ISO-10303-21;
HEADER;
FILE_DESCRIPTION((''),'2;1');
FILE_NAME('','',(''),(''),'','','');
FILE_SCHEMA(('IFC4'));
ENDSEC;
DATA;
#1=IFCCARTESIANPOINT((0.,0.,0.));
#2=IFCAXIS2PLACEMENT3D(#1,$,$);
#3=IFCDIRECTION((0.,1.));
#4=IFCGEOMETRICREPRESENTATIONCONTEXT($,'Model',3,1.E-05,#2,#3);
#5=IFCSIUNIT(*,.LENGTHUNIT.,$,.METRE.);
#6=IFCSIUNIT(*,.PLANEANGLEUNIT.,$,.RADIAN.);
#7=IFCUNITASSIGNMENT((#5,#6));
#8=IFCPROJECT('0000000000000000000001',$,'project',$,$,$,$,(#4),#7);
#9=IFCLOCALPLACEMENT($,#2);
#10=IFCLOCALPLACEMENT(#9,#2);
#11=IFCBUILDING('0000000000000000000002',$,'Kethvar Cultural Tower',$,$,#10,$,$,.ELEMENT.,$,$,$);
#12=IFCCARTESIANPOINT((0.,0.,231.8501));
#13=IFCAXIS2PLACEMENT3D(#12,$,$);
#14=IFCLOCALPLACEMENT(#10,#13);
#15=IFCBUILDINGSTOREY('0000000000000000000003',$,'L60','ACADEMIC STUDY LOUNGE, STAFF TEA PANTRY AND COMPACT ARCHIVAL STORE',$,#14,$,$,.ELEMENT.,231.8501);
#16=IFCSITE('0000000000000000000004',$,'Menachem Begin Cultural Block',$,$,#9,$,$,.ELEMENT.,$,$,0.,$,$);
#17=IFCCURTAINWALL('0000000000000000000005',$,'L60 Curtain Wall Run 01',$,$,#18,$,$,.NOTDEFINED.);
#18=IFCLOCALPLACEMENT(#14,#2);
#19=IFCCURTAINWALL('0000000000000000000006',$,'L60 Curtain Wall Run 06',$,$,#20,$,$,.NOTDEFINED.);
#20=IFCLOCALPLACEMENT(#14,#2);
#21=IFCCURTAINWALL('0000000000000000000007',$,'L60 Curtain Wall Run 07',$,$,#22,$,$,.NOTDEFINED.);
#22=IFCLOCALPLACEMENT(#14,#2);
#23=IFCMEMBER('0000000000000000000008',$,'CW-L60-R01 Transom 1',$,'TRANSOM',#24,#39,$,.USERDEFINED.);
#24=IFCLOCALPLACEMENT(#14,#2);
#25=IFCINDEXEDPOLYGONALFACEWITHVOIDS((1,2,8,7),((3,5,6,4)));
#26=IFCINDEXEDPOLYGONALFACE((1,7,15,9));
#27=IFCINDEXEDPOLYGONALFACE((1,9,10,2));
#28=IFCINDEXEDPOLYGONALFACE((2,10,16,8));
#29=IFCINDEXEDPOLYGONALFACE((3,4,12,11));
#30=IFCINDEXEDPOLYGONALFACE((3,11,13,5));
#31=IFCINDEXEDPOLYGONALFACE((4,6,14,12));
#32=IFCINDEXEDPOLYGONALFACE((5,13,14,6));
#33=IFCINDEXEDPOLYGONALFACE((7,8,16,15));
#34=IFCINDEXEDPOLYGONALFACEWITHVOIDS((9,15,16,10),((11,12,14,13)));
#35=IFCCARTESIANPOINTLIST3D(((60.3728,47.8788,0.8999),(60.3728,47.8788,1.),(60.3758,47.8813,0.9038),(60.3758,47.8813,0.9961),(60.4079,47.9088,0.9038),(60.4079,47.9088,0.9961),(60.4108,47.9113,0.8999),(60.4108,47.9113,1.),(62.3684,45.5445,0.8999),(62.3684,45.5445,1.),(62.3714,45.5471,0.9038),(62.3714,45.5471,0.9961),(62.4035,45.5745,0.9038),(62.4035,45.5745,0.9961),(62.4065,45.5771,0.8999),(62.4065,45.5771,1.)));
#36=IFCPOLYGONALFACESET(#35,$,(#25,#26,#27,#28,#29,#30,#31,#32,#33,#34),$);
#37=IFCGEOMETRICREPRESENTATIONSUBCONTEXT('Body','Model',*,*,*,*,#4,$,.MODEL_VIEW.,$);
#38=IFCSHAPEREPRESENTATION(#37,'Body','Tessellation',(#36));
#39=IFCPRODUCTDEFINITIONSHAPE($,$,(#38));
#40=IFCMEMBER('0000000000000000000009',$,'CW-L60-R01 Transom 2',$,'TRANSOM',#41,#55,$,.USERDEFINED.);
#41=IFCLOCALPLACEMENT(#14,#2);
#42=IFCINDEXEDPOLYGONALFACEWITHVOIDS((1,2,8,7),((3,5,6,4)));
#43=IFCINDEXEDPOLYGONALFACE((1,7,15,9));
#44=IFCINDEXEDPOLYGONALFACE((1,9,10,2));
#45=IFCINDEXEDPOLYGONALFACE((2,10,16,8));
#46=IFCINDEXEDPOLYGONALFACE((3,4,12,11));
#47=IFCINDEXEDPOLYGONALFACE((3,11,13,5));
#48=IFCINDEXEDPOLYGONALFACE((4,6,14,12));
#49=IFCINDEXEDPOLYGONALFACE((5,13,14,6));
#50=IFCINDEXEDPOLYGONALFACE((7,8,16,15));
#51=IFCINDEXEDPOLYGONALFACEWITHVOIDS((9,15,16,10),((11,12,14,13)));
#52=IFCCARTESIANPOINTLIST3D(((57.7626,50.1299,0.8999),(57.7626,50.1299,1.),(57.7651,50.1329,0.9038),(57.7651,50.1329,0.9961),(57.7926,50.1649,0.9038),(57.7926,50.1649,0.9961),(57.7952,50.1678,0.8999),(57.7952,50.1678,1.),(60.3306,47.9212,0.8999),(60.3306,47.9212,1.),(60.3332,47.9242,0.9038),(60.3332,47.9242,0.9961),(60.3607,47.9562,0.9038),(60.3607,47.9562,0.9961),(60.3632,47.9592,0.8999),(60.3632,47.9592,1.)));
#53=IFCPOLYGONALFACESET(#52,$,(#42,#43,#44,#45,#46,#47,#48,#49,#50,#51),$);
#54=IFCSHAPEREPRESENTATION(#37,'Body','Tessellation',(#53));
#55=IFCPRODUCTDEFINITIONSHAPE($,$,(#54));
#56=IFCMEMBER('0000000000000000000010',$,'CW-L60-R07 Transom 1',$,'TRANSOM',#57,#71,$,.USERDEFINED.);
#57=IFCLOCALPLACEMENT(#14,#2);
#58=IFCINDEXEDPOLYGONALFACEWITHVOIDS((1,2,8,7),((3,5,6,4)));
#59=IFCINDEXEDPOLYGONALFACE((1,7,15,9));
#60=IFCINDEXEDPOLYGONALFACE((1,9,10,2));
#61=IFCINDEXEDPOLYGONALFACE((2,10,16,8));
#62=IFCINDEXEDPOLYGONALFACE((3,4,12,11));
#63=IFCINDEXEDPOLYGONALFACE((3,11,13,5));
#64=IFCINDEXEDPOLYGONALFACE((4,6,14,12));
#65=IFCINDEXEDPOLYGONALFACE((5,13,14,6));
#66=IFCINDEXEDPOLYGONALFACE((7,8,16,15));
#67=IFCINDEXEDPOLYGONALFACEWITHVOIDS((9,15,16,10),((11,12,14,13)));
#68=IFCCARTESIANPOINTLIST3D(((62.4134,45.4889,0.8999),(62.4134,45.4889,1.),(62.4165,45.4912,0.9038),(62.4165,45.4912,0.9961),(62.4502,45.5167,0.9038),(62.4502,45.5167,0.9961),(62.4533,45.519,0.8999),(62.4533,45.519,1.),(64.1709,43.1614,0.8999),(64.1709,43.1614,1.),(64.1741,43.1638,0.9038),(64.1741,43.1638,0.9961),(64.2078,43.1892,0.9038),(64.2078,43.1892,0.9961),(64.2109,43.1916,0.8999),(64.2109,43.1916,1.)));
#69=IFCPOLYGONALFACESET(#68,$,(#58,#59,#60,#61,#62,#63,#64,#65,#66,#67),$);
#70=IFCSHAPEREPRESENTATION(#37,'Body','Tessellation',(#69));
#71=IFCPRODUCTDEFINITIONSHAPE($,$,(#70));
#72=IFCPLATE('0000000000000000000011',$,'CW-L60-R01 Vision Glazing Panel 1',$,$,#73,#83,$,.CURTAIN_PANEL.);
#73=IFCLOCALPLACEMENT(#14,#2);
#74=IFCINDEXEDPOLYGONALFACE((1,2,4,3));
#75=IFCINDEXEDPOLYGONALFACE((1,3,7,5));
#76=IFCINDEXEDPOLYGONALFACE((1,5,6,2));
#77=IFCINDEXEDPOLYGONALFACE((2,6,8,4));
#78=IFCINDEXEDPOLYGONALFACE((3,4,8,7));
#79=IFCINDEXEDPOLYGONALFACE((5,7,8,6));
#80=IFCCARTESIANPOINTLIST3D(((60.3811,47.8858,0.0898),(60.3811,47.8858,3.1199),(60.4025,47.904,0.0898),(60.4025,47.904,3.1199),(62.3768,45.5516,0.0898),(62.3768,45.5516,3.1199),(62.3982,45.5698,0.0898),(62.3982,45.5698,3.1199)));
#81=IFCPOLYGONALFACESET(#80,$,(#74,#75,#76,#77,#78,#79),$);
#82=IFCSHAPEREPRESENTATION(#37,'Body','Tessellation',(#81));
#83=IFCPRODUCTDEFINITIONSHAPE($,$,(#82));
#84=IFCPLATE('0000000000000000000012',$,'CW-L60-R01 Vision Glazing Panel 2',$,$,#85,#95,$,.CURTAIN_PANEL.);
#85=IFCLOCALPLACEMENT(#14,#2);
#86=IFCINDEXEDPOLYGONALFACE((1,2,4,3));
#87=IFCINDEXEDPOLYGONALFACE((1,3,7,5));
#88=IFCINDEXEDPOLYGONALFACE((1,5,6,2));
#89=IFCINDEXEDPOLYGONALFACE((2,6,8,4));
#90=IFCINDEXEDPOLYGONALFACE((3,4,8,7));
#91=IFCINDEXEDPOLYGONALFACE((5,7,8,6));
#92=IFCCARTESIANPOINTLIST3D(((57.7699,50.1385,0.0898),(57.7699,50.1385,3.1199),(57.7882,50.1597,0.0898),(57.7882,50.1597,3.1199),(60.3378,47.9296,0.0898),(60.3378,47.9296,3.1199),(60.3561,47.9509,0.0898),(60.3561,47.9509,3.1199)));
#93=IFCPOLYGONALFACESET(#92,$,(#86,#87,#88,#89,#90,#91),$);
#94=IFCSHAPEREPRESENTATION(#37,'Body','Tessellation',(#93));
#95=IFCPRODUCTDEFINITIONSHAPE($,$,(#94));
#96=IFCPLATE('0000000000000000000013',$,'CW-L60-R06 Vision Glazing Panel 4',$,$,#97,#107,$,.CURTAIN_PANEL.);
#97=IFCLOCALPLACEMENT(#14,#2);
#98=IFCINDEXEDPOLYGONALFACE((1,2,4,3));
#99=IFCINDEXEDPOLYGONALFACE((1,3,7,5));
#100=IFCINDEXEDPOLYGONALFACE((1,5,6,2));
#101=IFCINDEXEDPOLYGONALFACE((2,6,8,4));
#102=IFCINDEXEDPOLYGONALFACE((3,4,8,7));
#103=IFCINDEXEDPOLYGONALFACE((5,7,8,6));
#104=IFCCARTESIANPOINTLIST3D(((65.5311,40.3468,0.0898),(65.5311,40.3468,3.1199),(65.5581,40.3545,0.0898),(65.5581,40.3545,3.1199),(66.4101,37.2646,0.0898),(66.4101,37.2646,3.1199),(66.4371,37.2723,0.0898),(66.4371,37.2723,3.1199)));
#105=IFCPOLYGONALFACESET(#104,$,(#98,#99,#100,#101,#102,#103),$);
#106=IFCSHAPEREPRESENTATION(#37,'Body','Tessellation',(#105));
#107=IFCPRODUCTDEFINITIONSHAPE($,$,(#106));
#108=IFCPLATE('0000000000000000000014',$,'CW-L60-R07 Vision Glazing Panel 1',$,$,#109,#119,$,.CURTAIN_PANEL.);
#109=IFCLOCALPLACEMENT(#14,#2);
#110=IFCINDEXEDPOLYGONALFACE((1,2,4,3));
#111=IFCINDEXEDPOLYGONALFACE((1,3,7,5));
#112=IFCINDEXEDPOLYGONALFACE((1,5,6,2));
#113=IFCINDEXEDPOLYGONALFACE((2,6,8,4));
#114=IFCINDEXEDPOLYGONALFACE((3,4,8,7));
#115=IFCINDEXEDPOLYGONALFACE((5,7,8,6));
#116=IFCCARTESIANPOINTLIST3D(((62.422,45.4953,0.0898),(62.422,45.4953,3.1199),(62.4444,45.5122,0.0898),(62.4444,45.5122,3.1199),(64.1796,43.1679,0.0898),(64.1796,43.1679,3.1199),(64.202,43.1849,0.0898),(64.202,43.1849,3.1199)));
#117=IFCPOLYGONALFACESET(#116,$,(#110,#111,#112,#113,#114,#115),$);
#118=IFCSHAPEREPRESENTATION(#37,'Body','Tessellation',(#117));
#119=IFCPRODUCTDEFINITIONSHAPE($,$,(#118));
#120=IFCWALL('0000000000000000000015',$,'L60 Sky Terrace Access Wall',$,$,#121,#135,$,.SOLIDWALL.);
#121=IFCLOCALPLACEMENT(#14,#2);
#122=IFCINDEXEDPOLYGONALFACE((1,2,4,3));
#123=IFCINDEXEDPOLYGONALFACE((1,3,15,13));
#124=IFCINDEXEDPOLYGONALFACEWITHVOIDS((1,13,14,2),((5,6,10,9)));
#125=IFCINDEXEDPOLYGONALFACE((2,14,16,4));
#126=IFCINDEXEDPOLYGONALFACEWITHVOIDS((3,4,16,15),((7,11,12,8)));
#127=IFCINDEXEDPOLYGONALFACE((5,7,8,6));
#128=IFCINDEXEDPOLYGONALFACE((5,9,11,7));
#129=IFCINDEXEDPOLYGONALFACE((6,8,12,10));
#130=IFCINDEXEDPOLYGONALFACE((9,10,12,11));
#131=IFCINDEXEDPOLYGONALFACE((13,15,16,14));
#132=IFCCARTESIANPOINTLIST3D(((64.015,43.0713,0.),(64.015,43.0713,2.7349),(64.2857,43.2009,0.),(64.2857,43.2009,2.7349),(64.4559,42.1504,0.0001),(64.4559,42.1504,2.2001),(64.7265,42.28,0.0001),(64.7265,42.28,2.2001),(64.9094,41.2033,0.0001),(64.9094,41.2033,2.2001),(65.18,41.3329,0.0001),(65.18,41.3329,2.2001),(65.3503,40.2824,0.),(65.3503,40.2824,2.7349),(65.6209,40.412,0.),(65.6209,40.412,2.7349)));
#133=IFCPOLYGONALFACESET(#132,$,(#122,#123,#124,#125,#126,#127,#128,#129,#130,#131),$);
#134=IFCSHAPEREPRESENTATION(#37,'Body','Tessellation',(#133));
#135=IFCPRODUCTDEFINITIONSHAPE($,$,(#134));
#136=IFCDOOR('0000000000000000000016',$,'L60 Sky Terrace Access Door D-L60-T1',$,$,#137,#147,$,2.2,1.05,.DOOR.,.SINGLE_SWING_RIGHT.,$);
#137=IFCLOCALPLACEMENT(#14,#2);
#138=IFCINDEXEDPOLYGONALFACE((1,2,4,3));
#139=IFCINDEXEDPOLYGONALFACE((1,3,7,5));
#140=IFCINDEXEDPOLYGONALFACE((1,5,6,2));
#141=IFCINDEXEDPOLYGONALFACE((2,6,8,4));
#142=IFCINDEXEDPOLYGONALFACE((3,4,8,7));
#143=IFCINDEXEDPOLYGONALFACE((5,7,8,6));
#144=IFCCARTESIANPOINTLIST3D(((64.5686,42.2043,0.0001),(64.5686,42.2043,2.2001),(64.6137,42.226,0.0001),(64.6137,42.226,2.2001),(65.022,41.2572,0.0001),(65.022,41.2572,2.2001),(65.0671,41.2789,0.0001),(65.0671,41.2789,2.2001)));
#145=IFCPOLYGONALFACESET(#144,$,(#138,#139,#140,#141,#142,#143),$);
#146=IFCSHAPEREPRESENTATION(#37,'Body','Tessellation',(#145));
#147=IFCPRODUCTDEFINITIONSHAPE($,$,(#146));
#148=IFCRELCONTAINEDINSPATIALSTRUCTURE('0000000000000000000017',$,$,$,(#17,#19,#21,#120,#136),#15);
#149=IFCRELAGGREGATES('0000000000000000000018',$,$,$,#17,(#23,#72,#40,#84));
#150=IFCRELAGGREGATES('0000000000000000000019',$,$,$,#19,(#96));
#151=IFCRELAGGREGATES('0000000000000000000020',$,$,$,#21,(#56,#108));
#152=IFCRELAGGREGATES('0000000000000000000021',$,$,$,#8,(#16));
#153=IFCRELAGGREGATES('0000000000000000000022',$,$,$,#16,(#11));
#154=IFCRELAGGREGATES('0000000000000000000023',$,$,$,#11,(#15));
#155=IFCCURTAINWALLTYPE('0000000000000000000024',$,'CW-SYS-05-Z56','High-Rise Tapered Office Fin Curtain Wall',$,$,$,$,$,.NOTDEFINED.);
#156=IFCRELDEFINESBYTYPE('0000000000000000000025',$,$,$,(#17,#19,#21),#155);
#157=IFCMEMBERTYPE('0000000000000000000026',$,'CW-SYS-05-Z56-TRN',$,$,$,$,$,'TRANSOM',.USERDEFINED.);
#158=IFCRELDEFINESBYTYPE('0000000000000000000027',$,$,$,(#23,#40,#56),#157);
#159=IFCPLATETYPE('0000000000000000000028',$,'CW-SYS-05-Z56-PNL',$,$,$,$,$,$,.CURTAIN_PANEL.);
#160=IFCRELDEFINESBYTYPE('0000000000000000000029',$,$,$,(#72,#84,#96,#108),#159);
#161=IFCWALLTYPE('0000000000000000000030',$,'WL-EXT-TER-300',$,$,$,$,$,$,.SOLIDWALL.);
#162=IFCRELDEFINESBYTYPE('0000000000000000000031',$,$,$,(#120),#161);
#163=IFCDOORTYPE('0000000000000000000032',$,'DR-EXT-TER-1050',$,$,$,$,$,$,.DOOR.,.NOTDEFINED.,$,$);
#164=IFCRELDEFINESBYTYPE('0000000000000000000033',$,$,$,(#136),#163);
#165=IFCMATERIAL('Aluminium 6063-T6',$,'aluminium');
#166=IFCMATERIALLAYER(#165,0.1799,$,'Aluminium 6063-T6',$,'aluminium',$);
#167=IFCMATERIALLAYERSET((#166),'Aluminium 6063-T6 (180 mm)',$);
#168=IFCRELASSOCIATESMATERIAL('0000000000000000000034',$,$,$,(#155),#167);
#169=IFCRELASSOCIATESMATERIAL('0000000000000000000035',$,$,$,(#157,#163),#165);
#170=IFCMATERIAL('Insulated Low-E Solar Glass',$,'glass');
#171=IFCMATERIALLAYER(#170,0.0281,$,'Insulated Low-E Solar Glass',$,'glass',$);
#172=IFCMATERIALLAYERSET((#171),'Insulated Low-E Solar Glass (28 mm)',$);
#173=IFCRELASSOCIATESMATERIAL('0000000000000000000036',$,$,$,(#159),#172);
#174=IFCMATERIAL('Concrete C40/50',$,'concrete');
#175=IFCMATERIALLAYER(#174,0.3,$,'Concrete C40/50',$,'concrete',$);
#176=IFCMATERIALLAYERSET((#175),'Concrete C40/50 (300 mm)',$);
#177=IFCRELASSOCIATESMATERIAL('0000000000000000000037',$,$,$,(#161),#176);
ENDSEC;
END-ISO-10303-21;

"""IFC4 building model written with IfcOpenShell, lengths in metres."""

from ifc_helpers import new_model, si_unit, direction, frame, frame_2d, origin, origin_2d, place, context, subcontext, project, spatial, rectangle, hollow_rectangle, extrude, source, transform, mapped, material, layer, layer_set, material_profile, profile_set, type_object, element, fill, aggregate, save


model = new_model("IFC4")

# Units and contexts
model_context = context("Model", 3, precision=1e-05, world=origin(), true_north=direction((0.0, 1.0)))
body_context = subcontext(model_context, "Body", "Model", "MODEL_VIEW")
ifc_project = project(units=[si_unit("LENGTHUNIT", "METRE"), si_unit("PLANEANGLEUNIT", "RADIAN")], contexts=[model_context])

# Site, building, storey
site_placement = place(None, origin())
site = spatial("IfcSite", under=ifc_project, at=site_placement, Name="Menachem Begin Cultural Block", CompositionType="ELEMENT", RefElevation=0.0)
building_placement = place(site_placement, origin())
building = spatial("IfcBuilding", under=site, at=building_placement, Name="Kethvar Cultural Tower", CompositionType="ELEMENT")
storey_placement = place(building_placement, frame((0.0, 0.0, 231.8501)))
storey = spatial("IfcBuildingStorey", under=building, at=storey_placement, Name="L60", Description="ACADEMIC STUDY LOUNGE, STAFF TEA PANTRY AND COMPACT ARCHIVAL STORE", CompositionType="ELEMENT", Elevation=231.8501)

# Curtain wall
ifc_material_1 = material(Name="Aluminium 6063-T6", Category="aluminium")
ifc_layer_1 = layer(ifc_material_1, 0.1799, Name="Aluminium 6063-T6", Category="aluminium")
ifc_layer_set_1 = layer_set([ifc_layer_1], Name="Aluminium 6063-T6 (180 mm)")
curtain_wall_type = type_object("IfcCurtainWallType", Name="CW-SYS-05-Z56", Description="High-Rise Tapered Office Fin Curtain Wall", PredefinedType="NOTDEFINED", material=ifc_layer_set_1)
curtain_wall_1_placement = place(storey_placement, origin())
curtain_wall_1 = element("IfcCurtainWall", 1, at=curtain_wall_1_placement, inside=storey, type_object=curtain_wall_type, Name="L60 Curtain Wall Run 01", PredefinedType="NOTDEFINED")

# Curtain wall
curtain_wall_2_placement = place(storey_placement, origin())
curtain_wall_2 = element("IfcCurtainWall", 2, at=curtain_wall_2_placement, inside=storey, type_object=curtain_wall_type, Name="L60 Curtain Wall Run 06", PredefinedType="NOTDEFINED")

# Curtain wall
curtain_wall_3_placement = place(storey_placement, origin())
curtain_wall_3 = element("IfcCurtainWall", 3, at=curtain_wall_3_placement, inside=storey, type_object=curtain_wall_type, Name="L60 Curtain Wall Run 07", PredefinedType="NOTDEFINED")

# Members
ifc_material_profile_1 = material_profile(ifc_material_1, hollow_rectangle(XDim=0.05, YDim=0.1001, WallThickness=0.0039, at=origin_2d()), Name="Aluminium 6063-T6 — RHS100x50x4")
ifc_profile_set_1 = profile_set([ifc_material_profile_1], Name="Aluminium 6063-T6 — RHS100x50x4")
member_type_1 = type_object("IfcMemberType", Name="CW-SYS-05-Z56-TRN", ElementType="TRANSOM", PredefinedType="USERDEFINED", material=ifc_profile_set_1)
shared_shape_1 = source(origin(), body_context, "Body", "SweptSolid", [
    extrude(hollow_rectangle(XDim=0.05, YDim=0.1001, WallThickness=0.0039, at=origin_2d()), origin(), (0.0, 0.0, 1.0), 3.071),
])
member_1_placement = place(storey_placement, frame((62.3875, 45.5608, 0.95), z_axis=(-0.649822, 0.760087, 0.0), x_axis=(-0.760087, -0.649822, 0.0)))
member_1 = element("IfcMember", 4, at=member_1_placement, type_object=member_type_1, Name="CW-L60-R01 Transom 1", ObjectType="TRANSOM", PredefinedType="USERDEFINED", context=body_context, shape_type="MappedRepresentation", body=[
    mapped(shared_shape_1, transform((0.0, 0.0, 0.0), scale=1.0)),
])
shared_shape_2 = source(origin(), body_context, "Body", "SweptSolid", [
    extrude(hollow_rectangle(XDim=0.05, YDim=0.1001, WallThickness=0.0039, at=origin_2d()), origin(), (0.0, 0.0, 1.0), 3.3872),
])
member_2_placement = place(storey_placement, frame((60.3469, 47.9402, 0.95), z_axis=(-0.758162, 0.652067, 0.0), x_axis=(-0.652067, -0.758162, 0.0)))
member_2 = element("IfcMember", 5, at=member_2_placement, type_object=member_type_1, Name="CW-L60-R01 Transom 2", ObjectType="TRANSOM", PredefinedType="USERDEFINED", context=body_context, shape_type="MappedRepresentation", body=[
    mapped(shared_shape_2, transform((0.0, 0.0, 0.0), scale=1.0)),
])
shared_shape_3 = source(origin(), body_context, "Body", "SweptSolid", [
    extrude(hollow_rectangle(XDim=0.05, YDim=0.1001, WallThickness=0.0039, at=origin_2d()), origin(), (0.0, 0.0, 1.0), 2.9165),
])
member_3_placement = place(storey_placement, frame((64.1909, 43.1765, 0.95), z_axis=(-0.602635, 0.798017, 0.0), x_axis=(-0.798017, -0.602635, 0.0)))
member_3 = element("IfcMember", 6, at=member_3_placement, type_object=member_type_1, Name="CW-L60-R07 Transom 1", ObjectType="TRANSOM", PredefinedType="USERDEFINED", context=body_context, shape_type="MappedRepresentation", body=[
    mapped(shared_shape_3, transform((0.0, 0.0, 0.0), scale=1.0)),
])

# Plates
ifc_material_2 = material(Name="Insulated Low-E Solar Glass", Category="glass")
ifc_layer_2 = layer(ifc_material_2, 0.0281, Name="Insulated Low-E Solar Glass", Category="glass")
ifc_layer_set_2 = layer_set([ifc_layer_2], Name="Insulated Low-E Solar Glass (28 mm)")
plate_type = type_object("IfcPlateType", Name="CW-SYS-05-Z56-PNL", PredefinedType="CURTAIN_PANEL", material=ifc_layer_set_2)
shared_shape_4 = source(origin(), body_context, "Body", "SweptSolid", [
    extrude(rectangle(XDim=3.071, YDim=0.0281, at=origin_2d()), origin(), (0.0, 0.0, 1.0), 3.03),
])
plate_1_placement = place(storey_placement, frame((61.3896, 46.7278, 0.0898), z_axis=(0.0, 0.0, 1.0), x_axis=(-0.649846, 0.760066, 0.0)))
plate_1 = element("IfcPlate", 7, at=plate_1_placement, type_object=plate_type, Name="CW-L60-R01 Vision Glazing Panel 1", PredefinedType="CURTAIN_PANEL", context=body_context, shape_type="MappedRepresentation", body=[
    mapped(shared_shape_4, transform((0.0, 0.0, 0.0), scale=1.0)),
])
shared_shape_5 = source(origin(), body_context, "Body", "SweptSolid", [
    extrude(rectangle(XDim=3.3872, YDim=0.0281, at=origin_2d()), origin(), (0.0, 0.0, 1.0), 3.03),
])
plate_2_placement = place(storey_placement, frame((59.063, 49.0447, 0.0898), z_axis=(0.0, 0.0, 1.0), x_axis=(-0.758123, 0.652112, 0.0)))
plate_2 = element("IfcPlate", 8, at=plate_2_placement, type_object=plate_type, Name="CW-L60-R01 Vision Glazing Panel 2", PredefinedType="CURTAIN_PANEL", context=body_context, shape_type="MappedRepresentation", body=[
    mapped(shared_shape_5, transform((0.0, 0.0, 0.0), scale=1.0)),
])
aggregate(curtain_wall_1, [member_1, plate_1, member_2, plate_2])
shared_shape_6 = source(origin(), body_context, "Body", "SweptSolid", [
    extrude(rectangle(XDim=3.2051, YDim=0.0281, at=origin_2d()), origin(), (0.0, 0.0, 1.0), 3.03),
])
plate_3_placement = place(storey_placement, frame((65.9841, 38.8096, 0.0898), z_axis=(0.0, 0.0, 1.0), x_axis=(-0.274261, 0.961655, 0.0)))
plate_3 = element("IfcPlate", 9, at=plate_3_placement, type_object=plate_type, Name="CW-L60-R06 Vision Glazing Panel 4", PredefinedType="CURTAIN_PANEL", context=body_context, shape_type="MappedRepresentation", body=[
    mapped(shared_shape_6, transform((0.0, 0.0, 0.0), scale=1.0)),
])
aggregate(curtain_wall_2, [plate_3])
shared_shape_7 = source(origin(), body_context, "Body", "SweptSolid", [
    extrude(rectangle(XDim=2.9165, YDim=0.0281, at=origin_2d()), origin(), (0.0, 0.0, 1.0), 3.03),
])
plate_4_placement = place(storey_placement, frame((63.312, 44.3401, 0.0898), z_axis=(0.0, 0.0, 1.0), x_axis=(-0.602651, 0.798005, 0.0)))
plate_4 = element("IfcPlate", 10, at=plate_4_placement, type_object=plate_type, Name="CW-L60-R07 Vision Glazing Panel 1", PredefinedType="CURTAIN_PANEL", context=body_context, shape_type="MappedRepresentation", body=[
    mapped(shared_shape_7, transform((0.0, 0.0, 0.0), scale=1.0)),
])
aggregate(curtain_wall_3, [member_3, plate_4])

# Wall, opening, door
ifc_material_3 = material(Name="Concrete C40/50", Category="concrete")
ifc_layer_3 = layer(ifc_material_3, 0.3, Name="Concrete C40/50", Category="concrete")
ifc_layer_set_3 = layer_set([ifc_layer_3], Name="Concrete C40/50 (300 mm)")
wall_type = type_object("IfcWallType", Name="WL-EXT-TER-300", PredefinedType="SOLIDWALL", material=ifc_layer_set_3)
wall_placement = place(storey_placement, frame((64.1504, 43.136, 0.0), z_axis=(0.0, 0.0, 1.0), x_axis=(0.43183, -0.901955, 0.0)))
wall = element("IfcWall", 11, at=wall_placement, inside=storey, type_object=wall_type, Name="L60 Sky Terrace Access Wall", PredefinedType="SOLIDWALL", context=body_context, shape_type="SweptSolid", body=[
    extrude(rectangle(XDim=3.092, YDim=0.3, at=frame_2d((1.5459, 0.0))), origin(), (0.0, 0.0, 1.0), 2.7349),
])
opening_placement = place(wall_placement, frame((1.021, 0.0, 0.0)))
opening = element("IfcOpeningElement", 12, at=opening_placement, cuts=wall, PredefinedType="OPENING", context=body_context, shape_type="SweptSolid", body=[
    extrude(rectangle(XDim=1.05, YDim=2.2, at=frame_2d((0.5249, 1.1001))), frame((0.0, 0.1599, 0.0), z_axis=(0.0, -1.0, 0.0), x_axis=(1.0, 0.0, 0.0)), (0.0, 0.0, 1.0), 0.3201),
])
door_type = type_object("IfcDoorType", Name="DR-EXT-TER-1050", OperationType="NOTDEFINED", PredefinedType="DOOR", material=ifc_material_1)
shared_shape_8 = source(origin(), body_context, "Body", "SweptSolid", [
    extrude(rectangle(XDim=1.05, YDim=2.2, at=frame_2d((0.5249, 1.1001))), frame((0.0, 0.0249, 0.0), z_axis=(0.0, -1.0, 0.0), x_axis=(1.0, 0.0, 0.0)), (0.0, 0.0, 1.0), 0.05),
])
door_placement = place(opening_placement, origin())
door = element("IfcDoor", 13, at=door_placement, inside=storey, type_object=door_type, Name="L60 Sky Terrace Access Door D-L60-T1", OperationType="SINGLE_SWING_RIGHT", OverallHeight=2.2, OverallWidth=1.05, PredefinedType="DOOR", context=body_context, shape_type="MappedRepresentation", body=[
    mapped(shared_shape_8, transform((0.0, 0.0, 0.0), scale=1.0)),
])
fill(opening, door)

save(model, "model.ifc")
